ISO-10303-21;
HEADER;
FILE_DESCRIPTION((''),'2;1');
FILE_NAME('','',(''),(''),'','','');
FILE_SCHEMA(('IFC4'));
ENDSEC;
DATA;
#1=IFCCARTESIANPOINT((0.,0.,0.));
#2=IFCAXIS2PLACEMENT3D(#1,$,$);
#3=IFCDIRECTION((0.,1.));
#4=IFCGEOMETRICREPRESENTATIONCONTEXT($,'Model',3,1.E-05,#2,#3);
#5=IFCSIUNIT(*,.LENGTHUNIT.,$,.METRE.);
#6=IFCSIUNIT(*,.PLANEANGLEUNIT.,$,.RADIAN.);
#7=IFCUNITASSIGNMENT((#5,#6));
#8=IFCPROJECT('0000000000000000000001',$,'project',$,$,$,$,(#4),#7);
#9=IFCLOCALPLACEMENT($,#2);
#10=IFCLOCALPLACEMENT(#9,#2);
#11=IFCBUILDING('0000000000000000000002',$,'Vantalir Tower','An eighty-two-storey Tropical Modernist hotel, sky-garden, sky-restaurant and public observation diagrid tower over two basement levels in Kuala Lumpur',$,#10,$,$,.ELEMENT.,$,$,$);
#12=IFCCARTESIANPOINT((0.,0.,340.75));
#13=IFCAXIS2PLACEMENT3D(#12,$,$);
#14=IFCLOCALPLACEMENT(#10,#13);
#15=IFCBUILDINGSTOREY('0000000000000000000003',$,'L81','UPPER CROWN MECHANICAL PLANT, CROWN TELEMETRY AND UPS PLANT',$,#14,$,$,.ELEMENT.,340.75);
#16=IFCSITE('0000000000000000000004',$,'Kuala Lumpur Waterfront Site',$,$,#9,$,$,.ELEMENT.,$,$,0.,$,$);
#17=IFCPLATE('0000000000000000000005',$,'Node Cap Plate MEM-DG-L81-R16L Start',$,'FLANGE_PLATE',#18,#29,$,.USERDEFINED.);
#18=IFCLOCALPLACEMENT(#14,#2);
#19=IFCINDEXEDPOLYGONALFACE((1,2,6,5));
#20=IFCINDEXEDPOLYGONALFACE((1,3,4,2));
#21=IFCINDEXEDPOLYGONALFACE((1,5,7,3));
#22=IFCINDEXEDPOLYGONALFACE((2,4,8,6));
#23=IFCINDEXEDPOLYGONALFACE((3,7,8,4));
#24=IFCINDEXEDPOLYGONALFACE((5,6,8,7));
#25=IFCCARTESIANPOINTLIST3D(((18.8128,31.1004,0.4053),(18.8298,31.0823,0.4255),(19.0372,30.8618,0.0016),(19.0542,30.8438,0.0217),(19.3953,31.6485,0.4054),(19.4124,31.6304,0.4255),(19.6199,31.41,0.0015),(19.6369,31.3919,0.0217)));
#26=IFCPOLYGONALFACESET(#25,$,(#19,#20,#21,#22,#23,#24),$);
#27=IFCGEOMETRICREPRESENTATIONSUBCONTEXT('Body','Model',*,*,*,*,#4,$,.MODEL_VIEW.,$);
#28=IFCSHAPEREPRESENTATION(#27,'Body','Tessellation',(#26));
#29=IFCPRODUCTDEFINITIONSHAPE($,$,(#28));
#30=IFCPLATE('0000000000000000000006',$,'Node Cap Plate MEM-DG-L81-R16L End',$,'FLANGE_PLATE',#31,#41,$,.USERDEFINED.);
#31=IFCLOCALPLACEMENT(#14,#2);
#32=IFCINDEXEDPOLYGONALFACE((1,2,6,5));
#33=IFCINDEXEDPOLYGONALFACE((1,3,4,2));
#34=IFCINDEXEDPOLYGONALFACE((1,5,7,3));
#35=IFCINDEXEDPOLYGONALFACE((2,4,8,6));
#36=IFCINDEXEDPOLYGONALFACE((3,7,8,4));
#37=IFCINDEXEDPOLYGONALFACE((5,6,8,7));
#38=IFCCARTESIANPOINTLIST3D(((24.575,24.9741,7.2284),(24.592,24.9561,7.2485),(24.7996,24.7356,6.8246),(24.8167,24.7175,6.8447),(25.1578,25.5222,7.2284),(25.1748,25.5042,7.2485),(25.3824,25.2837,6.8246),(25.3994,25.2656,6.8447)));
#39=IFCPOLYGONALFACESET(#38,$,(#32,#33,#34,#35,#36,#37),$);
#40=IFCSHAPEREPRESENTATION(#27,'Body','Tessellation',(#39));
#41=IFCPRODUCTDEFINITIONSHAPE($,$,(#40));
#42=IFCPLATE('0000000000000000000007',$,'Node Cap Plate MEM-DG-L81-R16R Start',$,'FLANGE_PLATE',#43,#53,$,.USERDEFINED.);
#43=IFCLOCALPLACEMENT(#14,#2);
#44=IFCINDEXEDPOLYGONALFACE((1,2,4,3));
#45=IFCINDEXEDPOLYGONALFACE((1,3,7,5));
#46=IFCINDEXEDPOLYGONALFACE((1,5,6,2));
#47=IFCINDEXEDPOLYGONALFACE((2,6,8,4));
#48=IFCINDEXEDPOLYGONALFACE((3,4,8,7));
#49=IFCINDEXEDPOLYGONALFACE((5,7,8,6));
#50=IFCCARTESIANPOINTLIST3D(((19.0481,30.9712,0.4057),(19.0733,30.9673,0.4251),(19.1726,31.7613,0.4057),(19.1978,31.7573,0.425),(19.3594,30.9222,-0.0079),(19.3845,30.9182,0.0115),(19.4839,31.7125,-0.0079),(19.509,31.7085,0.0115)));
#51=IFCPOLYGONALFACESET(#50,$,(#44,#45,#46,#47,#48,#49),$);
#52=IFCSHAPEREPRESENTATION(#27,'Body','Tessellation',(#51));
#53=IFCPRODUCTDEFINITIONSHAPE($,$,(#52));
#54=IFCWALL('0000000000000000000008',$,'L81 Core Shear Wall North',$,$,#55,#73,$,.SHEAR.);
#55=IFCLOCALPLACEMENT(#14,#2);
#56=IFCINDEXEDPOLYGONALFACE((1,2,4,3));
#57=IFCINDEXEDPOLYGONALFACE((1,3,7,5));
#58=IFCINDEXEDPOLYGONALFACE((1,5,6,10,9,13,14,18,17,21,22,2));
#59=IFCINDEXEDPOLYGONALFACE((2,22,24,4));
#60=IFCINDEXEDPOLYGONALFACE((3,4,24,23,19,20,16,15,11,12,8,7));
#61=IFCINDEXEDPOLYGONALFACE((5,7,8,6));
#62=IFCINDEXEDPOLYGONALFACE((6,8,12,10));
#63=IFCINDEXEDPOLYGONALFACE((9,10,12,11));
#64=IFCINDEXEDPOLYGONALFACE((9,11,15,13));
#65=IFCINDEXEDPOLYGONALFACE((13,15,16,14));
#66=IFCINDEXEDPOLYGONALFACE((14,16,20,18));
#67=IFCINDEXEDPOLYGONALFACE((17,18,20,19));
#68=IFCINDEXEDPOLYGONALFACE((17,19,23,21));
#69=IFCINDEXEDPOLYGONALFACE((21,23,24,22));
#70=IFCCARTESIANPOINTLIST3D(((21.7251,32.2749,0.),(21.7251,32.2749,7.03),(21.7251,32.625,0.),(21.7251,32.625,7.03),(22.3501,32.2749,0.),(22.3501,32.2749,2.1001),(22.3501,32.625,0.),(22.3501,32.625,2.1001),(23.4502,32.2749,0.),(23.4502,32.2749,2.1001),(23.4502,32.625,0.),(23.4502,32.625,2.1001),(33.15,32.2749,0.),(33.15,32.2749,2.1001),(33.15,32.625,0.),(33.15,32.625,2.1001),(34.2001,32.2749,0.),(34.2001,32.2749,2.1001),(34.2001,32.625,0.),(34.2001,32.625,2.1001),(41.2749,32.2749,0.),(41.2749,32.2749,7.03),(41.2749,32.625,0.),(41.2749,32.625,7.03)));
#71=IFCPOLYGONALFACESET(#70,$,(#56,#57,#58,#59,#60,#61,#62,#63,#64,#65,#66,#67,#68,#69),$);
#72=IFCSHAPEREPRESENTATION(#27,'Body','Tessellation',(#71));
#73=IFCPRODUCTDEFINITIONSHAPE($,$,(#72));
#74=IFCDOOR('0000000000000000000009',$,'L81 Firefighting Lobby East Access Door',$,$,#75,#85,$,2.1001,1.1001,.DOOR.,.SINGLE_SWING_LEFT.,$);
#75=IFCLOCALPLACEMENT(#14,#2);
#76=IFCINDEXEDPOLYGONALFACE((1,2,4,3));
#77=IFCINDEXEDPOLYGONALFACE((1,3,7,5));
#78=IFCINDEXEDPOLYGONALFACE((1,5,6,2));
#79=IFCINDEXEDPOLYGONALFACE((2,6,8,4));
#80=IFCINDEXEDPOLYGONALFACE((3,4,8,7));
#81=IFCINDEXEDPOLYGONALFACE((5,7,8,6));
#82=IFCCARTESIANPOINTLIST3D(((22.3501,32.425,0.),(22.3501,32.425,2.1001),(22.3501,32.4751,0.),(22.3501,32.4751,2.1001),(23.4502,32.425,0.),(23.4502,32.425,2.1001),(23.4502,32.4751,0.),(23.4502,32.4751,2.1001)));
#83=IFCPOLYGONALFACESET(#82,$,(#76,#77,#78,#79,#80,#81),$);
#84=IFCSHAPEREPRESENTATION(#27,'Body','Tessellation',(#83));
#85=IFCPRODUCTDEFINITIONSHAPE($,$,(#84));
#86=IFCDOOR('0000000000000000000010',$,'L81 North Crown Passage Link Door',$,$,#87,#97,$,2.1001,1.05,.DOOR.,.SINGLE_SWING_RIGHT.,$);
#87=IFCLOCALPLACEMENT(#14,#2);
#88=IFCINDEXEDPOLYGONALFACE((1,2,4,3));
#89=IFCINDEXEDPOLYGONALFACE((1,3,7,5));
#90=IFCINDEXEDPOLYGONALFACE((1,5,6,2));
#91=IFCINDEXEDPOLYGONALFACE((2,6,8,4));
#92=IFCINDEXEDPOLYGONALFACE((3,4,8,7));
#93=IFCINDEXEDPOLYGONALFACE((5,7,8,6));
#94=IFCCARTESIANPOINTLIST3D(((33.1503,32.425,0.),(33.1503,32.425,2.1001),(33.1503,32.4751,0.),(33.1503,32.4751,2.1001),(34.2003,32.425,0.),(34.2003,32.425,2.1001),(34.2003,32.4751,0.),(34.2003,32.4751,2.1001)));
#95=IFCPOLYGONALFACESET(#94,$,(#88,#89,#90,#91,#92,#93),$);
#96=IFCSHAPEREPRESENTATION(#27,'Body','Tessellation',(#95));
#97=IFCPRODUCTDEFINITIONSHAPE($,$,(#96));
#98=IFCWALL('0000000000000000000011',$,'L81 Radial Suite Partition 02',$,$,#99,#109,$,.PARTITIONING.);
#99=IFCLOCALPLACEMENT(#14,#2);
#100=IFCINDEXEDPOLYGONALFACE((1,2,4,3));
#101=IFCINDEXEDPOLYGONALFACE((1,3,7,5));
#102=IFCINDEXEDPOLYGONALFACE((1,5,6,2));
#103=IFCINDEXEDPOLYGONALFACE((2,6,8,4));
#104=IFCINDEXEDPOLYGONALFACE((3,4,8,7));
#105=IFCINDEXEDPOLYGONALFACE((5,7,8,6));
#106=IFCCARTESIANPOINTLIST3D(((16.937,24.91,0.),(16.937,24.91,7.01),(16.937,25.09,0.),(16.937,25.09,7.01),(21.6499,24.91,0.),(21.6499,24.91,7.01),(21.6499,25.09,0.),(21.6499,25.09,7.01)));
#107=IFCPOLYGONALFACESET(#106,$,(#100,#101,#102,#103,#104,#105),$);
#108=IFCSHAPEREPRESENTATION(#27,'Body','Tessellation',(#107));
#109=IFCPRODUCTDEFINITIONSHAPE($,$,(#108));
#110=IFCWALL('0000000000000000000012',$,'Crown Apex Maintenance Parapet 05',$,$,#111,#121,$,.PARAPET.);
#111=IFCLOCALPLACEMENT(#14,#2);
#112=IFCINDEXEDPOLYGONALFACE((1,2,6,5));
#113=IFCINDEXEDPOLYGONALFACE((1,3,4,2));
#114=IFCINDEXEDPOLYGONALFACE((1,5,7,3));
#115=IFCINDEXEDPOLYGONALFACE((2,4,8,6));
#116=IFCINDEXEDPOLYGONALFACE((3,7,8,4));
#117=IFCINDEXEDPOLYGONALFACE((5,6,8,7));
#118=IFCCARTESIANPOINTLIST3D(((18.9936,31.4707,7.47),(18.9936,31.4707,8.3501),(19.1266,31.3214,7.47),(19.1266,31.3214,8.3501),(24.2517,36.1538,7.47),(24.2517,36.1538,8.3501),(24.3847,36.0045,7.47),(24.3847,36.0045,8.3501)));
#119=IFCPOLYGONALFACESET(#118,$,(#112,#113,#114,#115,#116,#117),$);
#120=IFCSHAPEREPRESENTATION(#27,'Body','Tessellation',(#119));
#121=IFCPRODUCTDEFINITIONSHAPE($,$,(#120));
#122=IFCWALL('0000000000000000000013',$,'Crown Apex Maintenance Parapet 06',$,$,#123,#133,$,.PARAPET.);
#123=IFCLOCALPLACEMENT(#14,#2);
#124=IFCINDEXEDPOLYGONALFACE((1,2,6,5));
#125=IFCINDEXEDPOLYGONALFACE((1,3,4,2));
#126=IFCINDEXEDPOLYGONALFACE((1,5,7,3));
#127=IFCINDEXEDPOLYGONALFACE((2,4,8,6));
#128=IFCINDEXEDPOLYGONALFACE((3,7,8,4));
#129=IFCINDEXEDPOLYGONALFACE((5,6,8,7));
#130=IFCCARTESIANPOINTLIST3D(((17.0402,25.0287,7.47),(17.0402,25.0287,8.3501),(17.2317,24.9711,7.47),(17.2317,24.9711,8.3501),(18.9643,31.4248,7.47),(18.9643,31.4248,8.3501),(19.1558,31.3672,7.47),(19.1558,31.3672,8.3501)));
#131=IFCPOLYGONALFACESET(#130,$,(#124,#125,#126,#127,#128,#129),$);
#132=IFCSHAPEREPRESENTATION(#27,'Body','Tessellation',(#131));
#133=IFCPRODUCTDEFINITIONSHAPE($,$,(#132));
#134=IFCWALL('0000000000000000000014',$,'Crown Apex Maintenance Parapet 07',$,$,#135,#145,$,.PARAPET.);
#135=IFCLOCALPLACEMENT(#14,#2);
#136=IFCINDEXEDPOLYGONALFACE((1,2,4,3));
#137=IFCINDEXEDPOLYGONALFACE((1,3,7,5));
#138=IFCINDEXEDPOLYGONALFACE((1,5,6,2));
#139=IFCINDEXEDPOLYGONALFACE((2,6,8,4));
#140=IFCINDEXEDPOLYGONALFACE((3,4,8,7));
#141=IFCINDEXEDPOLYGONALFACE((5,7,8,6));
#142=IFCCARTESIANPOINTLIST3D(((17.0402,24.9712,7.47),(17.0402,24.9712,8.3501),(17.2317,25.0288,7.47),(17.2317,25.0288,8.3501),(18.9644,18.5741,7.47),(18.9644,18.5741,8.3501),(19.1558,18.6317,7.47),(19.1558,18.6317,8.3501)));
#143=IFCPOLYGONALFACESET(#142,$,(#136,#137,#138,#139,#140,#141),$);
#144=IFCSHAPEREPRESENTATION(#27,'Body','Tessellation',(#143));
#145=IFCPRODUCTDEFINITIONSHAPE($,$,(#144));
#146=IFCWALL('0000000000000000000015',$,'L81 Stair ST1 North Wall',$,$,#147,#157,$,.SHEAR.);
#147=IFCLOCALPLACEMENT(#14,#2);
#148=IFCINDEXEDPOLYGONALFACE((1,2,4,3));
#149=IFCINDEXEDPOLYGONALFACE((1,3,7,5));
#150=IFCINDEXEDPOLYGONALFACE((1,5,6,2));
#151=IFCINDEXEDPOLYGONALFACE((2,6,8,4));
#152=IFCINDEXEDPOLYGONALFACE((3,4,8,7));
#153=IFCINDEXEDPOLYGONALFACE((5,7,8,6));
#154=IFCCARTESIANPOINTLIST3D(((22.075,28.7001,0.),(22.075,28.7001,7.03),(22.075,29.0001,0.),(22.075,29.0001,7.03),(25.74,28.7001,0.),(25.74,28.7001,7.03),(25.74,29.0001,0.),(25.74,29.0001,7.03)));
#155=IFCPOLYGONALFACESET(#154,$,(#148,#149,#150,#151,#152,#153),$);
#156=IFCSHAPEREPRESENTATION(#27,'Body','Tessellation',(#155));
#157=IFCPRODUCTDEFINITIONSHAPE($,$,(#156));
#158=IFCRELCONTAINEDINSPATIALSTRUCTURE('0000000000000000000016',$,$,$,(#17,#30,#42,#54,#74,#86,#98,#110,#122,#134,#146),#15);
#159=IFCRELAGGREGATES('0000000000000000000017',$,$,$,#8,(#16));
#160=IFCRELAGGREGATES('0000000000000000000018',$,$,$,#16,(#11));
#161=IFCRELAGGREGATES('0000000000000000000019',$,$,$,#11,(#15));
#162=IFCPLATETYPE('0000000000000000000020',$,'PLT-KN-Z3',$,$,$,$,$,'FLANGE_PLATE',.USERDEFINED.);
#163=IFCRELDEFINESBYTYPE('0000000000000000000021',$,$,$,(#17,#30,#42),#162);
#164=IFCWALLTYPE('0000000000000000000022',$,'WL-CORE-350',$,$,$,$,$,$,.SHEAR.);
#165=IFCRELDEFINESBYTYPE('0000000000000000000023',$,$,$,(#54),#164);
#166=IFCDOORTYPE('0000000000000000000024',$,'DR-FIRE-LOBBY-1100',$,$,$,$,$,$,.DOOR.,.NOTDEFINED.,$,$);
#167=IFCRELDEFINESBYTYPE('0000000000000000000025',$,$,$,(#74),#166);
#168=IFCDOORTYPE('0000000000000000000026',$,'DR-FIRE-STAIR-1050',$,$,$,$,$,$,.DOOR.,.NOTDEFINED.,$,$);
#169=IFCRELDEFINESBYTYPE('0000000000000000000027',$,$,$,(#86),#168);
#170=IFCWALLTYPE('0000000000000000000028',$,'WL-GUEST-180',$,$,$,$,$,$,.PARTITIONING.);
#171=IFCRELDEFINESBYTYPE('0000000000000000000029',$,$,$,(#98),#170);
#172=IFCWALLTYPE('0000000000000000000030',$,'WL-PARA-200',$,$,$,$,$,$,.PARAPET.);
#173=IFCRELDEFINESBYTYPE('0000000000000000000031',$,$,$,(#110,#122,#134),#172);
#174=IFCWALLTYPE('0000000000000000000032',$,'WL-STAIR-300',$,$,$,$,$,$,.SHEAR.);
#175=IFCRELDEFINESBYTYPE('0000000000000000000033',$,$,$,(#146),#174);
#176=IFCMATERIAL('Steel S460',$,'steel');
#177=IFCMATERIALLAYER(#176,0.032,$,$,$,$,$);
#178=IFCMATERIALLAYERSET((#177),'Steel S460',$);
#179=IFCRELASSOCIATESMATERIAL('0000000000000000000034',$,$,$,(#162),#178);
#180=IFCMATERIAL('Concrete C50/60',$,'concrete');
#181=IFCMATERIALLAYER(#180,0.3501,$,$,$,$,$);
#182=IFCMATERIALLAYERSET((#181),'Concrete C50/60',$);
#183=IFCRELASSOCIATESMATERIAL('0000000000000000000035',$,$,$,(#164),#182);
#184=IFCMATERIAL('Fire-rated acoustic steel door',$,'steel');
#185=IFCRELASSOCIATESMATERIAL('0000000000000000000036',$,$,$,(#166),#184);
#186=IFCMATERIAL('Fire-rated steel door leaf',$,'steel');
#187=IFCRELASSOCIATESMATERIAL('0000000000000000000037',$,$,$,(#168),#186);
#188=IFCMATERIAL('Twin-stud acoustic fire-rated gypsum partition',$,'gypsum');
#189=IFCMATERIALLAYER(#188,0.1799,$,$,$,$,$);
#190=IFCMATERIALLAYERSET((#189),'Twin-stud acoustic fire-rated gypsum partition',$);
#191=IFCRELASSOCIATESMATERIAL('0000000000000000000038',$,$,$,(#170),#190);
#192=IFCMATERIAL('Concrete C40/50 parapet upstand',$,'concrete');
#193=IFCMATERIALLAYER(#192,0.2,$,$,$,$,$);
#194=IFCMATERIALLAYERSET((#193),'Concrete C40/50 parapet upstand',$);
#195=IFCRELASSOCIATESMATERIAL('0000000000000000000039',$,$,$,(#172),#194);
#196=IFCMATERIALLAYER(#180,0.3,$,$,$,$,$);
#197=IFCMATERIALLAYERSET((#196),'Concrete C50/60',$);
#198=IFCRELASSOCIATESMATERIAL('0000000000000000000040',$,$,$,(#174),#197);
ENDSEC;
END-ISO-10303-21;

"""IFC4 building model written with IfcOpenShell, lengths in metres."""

from ifc_helpers import new_model, si_unit, direction, frame, frame_2d, origin, place, context, subcontext, project, spatial, polyline, rectangle, outline, extrude, material, layer, layer_set, type_object, element, fill, save


model = new_model("IFC4")

# Units and contexts
model_context = context("Model", 3, precision=1e-05, world=origin(), true_north=direction((0.0, 1.0)))
body_context = subcontext(model_context, "Body", "Model", "MODEL_VIEW")
ifc_project = project(units=[si_unit("LENGTHUNIT", "METRE"), si_unit("PLANEANGLEUNIT", "RADIAN")], contexts=[model_context])

# Site, building, storey
site_placement = place(None, origin())
site = spatial("IfcSite", under=ifc_project, at=site_placement, Name="Kuala Lumpur Waterfront Site", CompositionType="ELEMENT", RefElevation=0.0)
building_placement = place(site_placement, origin())
building = spatial("IfcBuilding", under=site, at=building_placement, Name="Vantalir Tower", Description="An eighty-two-storey Tropical Modernist hotel, sky-garden, sky-restaurant and public observation diagrid tower over two basement levels in Kuala Lumpur", CompositionType="ELEMENT")
storey_placement = place(building_placement, frame((0.0, 0.0, 340.75)))
storey = spatial("IfcBuildingStorey", under=building, at=storey_placement, Name="L81", Description="UPPER CROWN MECHANICAL PLANT, CROWN TELEMETRY AND UPS PLANT", CompositionType="ELEMENT", Elevation=340.75)

# Shared definitions
ifc_material_1 = material(Name="Steel S460", Category="steel")

# Plates
ifc_layer_1 = layer(ifc_material_1, 0.032)
ifc_layer_set_1 = layer_set([ifc_layer_1], Name="Steel S460")
plate_type_1 = type_object("IfcPlateType", Name="PLT-KN-Z3", ElementType="FLANGE_PLATE", PredefinedType="USERDEFINED", material=ifc_layer_set_1)
plate_1_placement = place(storey_placement, frame((19.0542, 30.8438, 0.0217), z_axis=(0.532132, -0.565672, 0.629961), x_axis=(0.728399, 0.685154, -0.000051)))
element("IfcPlate", 1, at=plate_1_placement, inside=storey, type_object=plate_type_1, Name="Node Cap Plate MEM-DG-L81-R16L Start", ObjectType="FLANGE_PLATE", PredefinedType="USERDEFINED", context=body_context, shape_type="SweptSolid", body=[
    extrude(outline(polyline([(0.0, 0.0), (0.8, 0.0), (0.7998, 0.52), (0.0, 0.5199), (0.0, 0.0)])), origin(), (0.0, 0.0, -1.0), 0.032),
])
plate_2_placement = place(storey_placement, frame((24.8167, 24.7175, 6.8447), z_axis=(0.532019, -0.56567, 0.630058), x_axis=(0.728442, 0.685108, 0.0)))
element("IfcPlate", 2, at=plate_2_placement, inside=storey, type_object=plate_type_1, Name="Node Cap Plate MEM-DG-L81-R16L End", ObjectType="FLANGE_PLATE", PredefinedType="USERDEFINED", context=body_context, shape_type="SweptSolid", body=[
    extrude(outline(polyline([(0.0, 0.0), (0.8, 0.0), (0.7998, 0.52), (-0.0002, 0.52), (0.0, 0.0)])), origin(), (0.0, 0.0, -1.0), 0.032),
])
plate_3_placement = place(storey_placement, frame((19.3845, 30.9182, 0.0115), z_axis=(0.785736, -0.123814, 0.606044), x_axis=(0.155648, 0.987813, 0.000011)))
element("IfcPlate", 3, at=plate_3_placement, inside=storey, type_object=plate_type_1, Name="Node Cap Plate MEM-DG-L81-R16R Start", ObjectType="FLANGE_PLATE", PredefinedType="USERDEFINED", context=body_context, shape_type="SweptSolid", body=[
    extrude(outline(polyline([(0.0, 0.0), (0.8, 0.0), (0.7998, 0.5199), (0.0, 0.5199), (0.0, 0.0)])), origin(), (0.0, 0.0, -1.0), 0.032),
])

# Wall, openings, doors
ifc_material_2 = material(Name="Concrete C50/60", Category="concrete")
ifc_layer_2 = layer(ifc_material_2, 0.3501)
ifc_layer_set_2 = layer_set([ifc_layer_2], Name="Concrete C50/60")
wall_type_1 = type_object("IfcWallType", Name="WL-CORE-350", PredefinedType="SHEAR", material=ifc_layer_set_2)
wall_1_placement = place(storey_placement, frame((21.7251, 32.45, 0.0), z_axis=(0.0, 0.0, 1.0), x_axis=(1.0, 0.0, 0.0)))
wall_1 = element("IfcWall", 4, at=wall_1_placement, inside=storey, type_object=wall_type_1, Name="L81 Core Shear Wall North", PredefinedType="SHEAR", context=body_context, shape_type="SweptSolid", body=[
    extrude(rectangle(XDim=19.5498, YDim=0.3501, at=frame_2d((9.7749, 0.0))), origin(), (0.0, 0.0, 1.0), 7.03),
])
opening_1_placement = place(wall_1_placement, frame((0.625, 0.0, 0.0)))
opening_1 = element("IfcOpeningElement", 5, at=opening_1_placement, cuts=wall_1, PredefinedType="OPENING", context=body_context, shape_type="SweptSolid", body=[
    extrude(rectangle(XDim=1.1001, YDim=2.1001, at=frame_2d((0.55, 1.05))), frame((0.0, 0.1851, 0.0), z_axis=(0.0, -1.0, 0.0), x_axis=(1.0, 0.0, 0.0)), (0.0, 0.0, 1.0), 0.3701),
])
opening_2_placement = place(wall_1_placement, frame((11.425, 0.0, 0.0)))
opening_2 = element("IfcOpeningElement", 6, at=opening_2_placement, cuts=wall_1, PredefinedType="OPENING", context=body_context, shape_type="SweptSolid", body=[
    extrude(rectangle(XDim=1.05, YDim=2.1001, at=frame_2d((0.5249, 1.05))), frame((0.0, 0.1851, 0.0), z_axis=(0.0, -1.0, 0.0), x_axis=(1.0, 0.0, 0.0)), (0.0, 0.0, 1.0), 0.3701),
])
ifc_material_3 = material(Name="Fire-rated acoustic steel door", Category="steel")
door_type_1 = type_object("IfcDoorType", Name="DR-FIRE-LOBBY-1100", OperationType="NOTDEFINED", PredefinedType="DOOR", material=ifc_material_3)
door_1_placement = place(opening_1_placement, frame((1.1001, 0.0, 0.0), z_axis=(0.0, 0.0, 1.0), x_axis=(-1.0, 0.0, 0.0)))
door_1 = element("IfcDoor", 7, at=door_1_placement, inside=storey, type_object=door_type_1, Name="L81 Firefighting Lobby East Access Door", OperationType="SINGLE_SWING_LEFT", OverallHeight=2.1001, OverallWidth=1.1001, PredefinedType="DOOR", context=body_context, shape_type="SweptSolid", body=[
    extrude(rectangle(XDim=1.1001, YDim=2.1001, at=frame_2d((0.55, 1.05))), frame((0.0, 0.0249, 0.0), z_axis=(0.0, -1.0, 0.0), x_axis=(1.0, 0.0, 0.0)), (0.0, 0.0, 1.0), 0.05),
])
fill(opening_1, door_1)
ifc_material_4 = material(Name="Fire-rated steel door leaf", Category="steel")
door_type_2 = type_object("IfcDoorType", Name="DR-FIRE-STAIR-1050", OperationType="NOTDEFINED", PredefinedType="DOOR", material=ifc_material_4)
door_2_placement = place(opening_2_placement, frame((1.05, 0.0, 0.0), z_axis=(0.0, 0.0, 1.0), x_axis=(-1.0, 0.0, 0.0)))
door_2 = element("IfcDoor", 8, at=door_2_placement, inside=storey, type_object=door_type_2, Name="L81 North Crown Passage Link Door", OperationType="SINGLE_SWING_RIGHT", OverallHeight=2.1001, OverallWidth=1.05, PredefinedType="DOOR", context=body_context, shape_type="SweptSolid", body=[
    extrude(rectangle(XDim=1.05, YDim=2.1001, at=frame_2d((0.5249, 1.05))), frame((0.0, 0.0249, 0.0), z_axis=(0.0, -1.0, 0.0), x_axis=(1.0, 0.0, 0.0)), (0.0, 0.0, 1.0), 0.05),
])
fill(opening_2, door_2)

# Walls
ifc_material_5 = material(Name="Twin-stud acoustic fire-rated gypsum partition", Category="gypsum")
ifc_layer_3 = layer(ifc_material_5, 0.1799)
ifc_layer_set_3 = layer_set([ifc_layer_3], Name="Twin-stud acoustic fire-rated gypsum partition")
wall_type_2 = type_object("IfcWallType", Name="WL-GUEST-180", PredefinedType="PARTITIONING", material=ifc_layer_set_3)
wall_2_placement = place(storey_placement, frame((21.6499, 25.0, 0.0), z_axis=(0.0, 0.0, 1.0), x_axis=(-1.0, 0.0, 0.0)))
element("IfcWall", 9, at=wall_2_placement, inside=storey, type_object=wall_type_2, Name="L81 Radial Suite Partition 02", PredefinedType="PARTITIONING", context=body_context, shape_type="SweptSolid", body=[
    extrude(rectangle(XDim=4.7129, YDim=0.1799, at=frame_2d((2.3564, 0.0))), origin(), (0.0, 0.0, 1.0), 7.01),
])
ifc_material_6 = material(Name="Concrete C40/50 parapet upstand", Category="concrete")
ifc_layer_4 = layer(ifc_material_6, 0.2)
ifc_layer_set_4 = layer_set([ifc_layer_4], Name="Concrete C40/50 parapet upstand")
wall_type_3 = type_object("IfcWallType", Name="WL-PARA-200", PredefinedType="PARAPET", material=ifc_layer_set_4)
wall_3_placement = place(storey_placement, frame((24.3181, 36.0791, 7.47), z_axis=(0.0, 0.0, 1.0), x_axis=(-0.746755, -0.6651, 0.0)))
element("IfcWall", 10, at=wall_3_placement, inside=storey, type_object=wall_type_3, Name="Crown Apex Maintenance Parapet 05", PredefinedType="PARAPET", context=body_context, shape_type="SweptSolid", body=[
    extrude(rectangle(XDim=7.0413, YDim=0.2, at=frame_2d((3.5205, 0.0))), origin(), (0.0, 0.0, 1.0), 0.8801),
])
wall_4_placement = place(storey_placement, frame((19.0601, 31.396, 7.47), z_axis=(0.0, 0.0, 1.0), x_axis=(-0.288072, -0.957609, 0.0)))
element("IfcWall", 11, at=wall_4_placement, inside=storey, type_object=wall_type_3, Name="Crown Apex Maintenance Parapet 06", PredefinedType="PARAPET", context=body_context, shape_type="SweptSolid", body=[
    extrude(rectangle(XDim=6.6792, YDim=0.2, at=frame_2d((3.3396, 0.0))), origin(), (0.0, 0.0, 1.0), 0.8801),
])
wall_5_placement = place(storey_placement, frame((17.136, 25.0, 7.47), z_axis=(0.0, 0.0, 1.0), x_axis=(0.288032, -0.957621, 0.0)))
element("IfcWall", 12, at=wall_5_placement, inside=storey, type_object=wall_type_3, Name="Crown Apex Maintenance Parapet 07", PredefinedType="PARAPET", context=body_context, shape_type="SweptSolid", body=[
    extrude(rectangle(XDim=6.6802, YDim=0.2, at=frame_2d((3.3401, 0.0))), origin(), (0.0, 0.0, 1.0), 0.8801),
])
ifc_layer_5 = layer(ifc_material_2, 0.3)
ifc_layer_set_5 = layer_set([ifc_layer_5], Name="Concrete C50/60")
wall_type_4 = type_object("IfcWallType", Name="WL-STAIR-300", PredefinedType="SHEAR", material=ifc_layer_set_5)
wall_6_placement = place(storey_placement, frame((22.075, 28.8501, 0.0), z_axis=(0.0, 0.0, 1.0), x_axis=(1.0, 0.0, 0.0)))
element("IfcWall", 13, at=wall_6_placement, inside=storey, type_object=wall_type_4, Name="L81 Stair ST1 North Wall", PredefinedType="SHEAR", context=body_context, shape_type="SweptSolid", body=[
    extrude(rectangle(XDim=3.665, YDim=0.3, at=frame_2d((1.8325, 0.0))), origin(), (0.0, 0.0, 1.0), 7.03),
])

save(model, "model.ifc")
